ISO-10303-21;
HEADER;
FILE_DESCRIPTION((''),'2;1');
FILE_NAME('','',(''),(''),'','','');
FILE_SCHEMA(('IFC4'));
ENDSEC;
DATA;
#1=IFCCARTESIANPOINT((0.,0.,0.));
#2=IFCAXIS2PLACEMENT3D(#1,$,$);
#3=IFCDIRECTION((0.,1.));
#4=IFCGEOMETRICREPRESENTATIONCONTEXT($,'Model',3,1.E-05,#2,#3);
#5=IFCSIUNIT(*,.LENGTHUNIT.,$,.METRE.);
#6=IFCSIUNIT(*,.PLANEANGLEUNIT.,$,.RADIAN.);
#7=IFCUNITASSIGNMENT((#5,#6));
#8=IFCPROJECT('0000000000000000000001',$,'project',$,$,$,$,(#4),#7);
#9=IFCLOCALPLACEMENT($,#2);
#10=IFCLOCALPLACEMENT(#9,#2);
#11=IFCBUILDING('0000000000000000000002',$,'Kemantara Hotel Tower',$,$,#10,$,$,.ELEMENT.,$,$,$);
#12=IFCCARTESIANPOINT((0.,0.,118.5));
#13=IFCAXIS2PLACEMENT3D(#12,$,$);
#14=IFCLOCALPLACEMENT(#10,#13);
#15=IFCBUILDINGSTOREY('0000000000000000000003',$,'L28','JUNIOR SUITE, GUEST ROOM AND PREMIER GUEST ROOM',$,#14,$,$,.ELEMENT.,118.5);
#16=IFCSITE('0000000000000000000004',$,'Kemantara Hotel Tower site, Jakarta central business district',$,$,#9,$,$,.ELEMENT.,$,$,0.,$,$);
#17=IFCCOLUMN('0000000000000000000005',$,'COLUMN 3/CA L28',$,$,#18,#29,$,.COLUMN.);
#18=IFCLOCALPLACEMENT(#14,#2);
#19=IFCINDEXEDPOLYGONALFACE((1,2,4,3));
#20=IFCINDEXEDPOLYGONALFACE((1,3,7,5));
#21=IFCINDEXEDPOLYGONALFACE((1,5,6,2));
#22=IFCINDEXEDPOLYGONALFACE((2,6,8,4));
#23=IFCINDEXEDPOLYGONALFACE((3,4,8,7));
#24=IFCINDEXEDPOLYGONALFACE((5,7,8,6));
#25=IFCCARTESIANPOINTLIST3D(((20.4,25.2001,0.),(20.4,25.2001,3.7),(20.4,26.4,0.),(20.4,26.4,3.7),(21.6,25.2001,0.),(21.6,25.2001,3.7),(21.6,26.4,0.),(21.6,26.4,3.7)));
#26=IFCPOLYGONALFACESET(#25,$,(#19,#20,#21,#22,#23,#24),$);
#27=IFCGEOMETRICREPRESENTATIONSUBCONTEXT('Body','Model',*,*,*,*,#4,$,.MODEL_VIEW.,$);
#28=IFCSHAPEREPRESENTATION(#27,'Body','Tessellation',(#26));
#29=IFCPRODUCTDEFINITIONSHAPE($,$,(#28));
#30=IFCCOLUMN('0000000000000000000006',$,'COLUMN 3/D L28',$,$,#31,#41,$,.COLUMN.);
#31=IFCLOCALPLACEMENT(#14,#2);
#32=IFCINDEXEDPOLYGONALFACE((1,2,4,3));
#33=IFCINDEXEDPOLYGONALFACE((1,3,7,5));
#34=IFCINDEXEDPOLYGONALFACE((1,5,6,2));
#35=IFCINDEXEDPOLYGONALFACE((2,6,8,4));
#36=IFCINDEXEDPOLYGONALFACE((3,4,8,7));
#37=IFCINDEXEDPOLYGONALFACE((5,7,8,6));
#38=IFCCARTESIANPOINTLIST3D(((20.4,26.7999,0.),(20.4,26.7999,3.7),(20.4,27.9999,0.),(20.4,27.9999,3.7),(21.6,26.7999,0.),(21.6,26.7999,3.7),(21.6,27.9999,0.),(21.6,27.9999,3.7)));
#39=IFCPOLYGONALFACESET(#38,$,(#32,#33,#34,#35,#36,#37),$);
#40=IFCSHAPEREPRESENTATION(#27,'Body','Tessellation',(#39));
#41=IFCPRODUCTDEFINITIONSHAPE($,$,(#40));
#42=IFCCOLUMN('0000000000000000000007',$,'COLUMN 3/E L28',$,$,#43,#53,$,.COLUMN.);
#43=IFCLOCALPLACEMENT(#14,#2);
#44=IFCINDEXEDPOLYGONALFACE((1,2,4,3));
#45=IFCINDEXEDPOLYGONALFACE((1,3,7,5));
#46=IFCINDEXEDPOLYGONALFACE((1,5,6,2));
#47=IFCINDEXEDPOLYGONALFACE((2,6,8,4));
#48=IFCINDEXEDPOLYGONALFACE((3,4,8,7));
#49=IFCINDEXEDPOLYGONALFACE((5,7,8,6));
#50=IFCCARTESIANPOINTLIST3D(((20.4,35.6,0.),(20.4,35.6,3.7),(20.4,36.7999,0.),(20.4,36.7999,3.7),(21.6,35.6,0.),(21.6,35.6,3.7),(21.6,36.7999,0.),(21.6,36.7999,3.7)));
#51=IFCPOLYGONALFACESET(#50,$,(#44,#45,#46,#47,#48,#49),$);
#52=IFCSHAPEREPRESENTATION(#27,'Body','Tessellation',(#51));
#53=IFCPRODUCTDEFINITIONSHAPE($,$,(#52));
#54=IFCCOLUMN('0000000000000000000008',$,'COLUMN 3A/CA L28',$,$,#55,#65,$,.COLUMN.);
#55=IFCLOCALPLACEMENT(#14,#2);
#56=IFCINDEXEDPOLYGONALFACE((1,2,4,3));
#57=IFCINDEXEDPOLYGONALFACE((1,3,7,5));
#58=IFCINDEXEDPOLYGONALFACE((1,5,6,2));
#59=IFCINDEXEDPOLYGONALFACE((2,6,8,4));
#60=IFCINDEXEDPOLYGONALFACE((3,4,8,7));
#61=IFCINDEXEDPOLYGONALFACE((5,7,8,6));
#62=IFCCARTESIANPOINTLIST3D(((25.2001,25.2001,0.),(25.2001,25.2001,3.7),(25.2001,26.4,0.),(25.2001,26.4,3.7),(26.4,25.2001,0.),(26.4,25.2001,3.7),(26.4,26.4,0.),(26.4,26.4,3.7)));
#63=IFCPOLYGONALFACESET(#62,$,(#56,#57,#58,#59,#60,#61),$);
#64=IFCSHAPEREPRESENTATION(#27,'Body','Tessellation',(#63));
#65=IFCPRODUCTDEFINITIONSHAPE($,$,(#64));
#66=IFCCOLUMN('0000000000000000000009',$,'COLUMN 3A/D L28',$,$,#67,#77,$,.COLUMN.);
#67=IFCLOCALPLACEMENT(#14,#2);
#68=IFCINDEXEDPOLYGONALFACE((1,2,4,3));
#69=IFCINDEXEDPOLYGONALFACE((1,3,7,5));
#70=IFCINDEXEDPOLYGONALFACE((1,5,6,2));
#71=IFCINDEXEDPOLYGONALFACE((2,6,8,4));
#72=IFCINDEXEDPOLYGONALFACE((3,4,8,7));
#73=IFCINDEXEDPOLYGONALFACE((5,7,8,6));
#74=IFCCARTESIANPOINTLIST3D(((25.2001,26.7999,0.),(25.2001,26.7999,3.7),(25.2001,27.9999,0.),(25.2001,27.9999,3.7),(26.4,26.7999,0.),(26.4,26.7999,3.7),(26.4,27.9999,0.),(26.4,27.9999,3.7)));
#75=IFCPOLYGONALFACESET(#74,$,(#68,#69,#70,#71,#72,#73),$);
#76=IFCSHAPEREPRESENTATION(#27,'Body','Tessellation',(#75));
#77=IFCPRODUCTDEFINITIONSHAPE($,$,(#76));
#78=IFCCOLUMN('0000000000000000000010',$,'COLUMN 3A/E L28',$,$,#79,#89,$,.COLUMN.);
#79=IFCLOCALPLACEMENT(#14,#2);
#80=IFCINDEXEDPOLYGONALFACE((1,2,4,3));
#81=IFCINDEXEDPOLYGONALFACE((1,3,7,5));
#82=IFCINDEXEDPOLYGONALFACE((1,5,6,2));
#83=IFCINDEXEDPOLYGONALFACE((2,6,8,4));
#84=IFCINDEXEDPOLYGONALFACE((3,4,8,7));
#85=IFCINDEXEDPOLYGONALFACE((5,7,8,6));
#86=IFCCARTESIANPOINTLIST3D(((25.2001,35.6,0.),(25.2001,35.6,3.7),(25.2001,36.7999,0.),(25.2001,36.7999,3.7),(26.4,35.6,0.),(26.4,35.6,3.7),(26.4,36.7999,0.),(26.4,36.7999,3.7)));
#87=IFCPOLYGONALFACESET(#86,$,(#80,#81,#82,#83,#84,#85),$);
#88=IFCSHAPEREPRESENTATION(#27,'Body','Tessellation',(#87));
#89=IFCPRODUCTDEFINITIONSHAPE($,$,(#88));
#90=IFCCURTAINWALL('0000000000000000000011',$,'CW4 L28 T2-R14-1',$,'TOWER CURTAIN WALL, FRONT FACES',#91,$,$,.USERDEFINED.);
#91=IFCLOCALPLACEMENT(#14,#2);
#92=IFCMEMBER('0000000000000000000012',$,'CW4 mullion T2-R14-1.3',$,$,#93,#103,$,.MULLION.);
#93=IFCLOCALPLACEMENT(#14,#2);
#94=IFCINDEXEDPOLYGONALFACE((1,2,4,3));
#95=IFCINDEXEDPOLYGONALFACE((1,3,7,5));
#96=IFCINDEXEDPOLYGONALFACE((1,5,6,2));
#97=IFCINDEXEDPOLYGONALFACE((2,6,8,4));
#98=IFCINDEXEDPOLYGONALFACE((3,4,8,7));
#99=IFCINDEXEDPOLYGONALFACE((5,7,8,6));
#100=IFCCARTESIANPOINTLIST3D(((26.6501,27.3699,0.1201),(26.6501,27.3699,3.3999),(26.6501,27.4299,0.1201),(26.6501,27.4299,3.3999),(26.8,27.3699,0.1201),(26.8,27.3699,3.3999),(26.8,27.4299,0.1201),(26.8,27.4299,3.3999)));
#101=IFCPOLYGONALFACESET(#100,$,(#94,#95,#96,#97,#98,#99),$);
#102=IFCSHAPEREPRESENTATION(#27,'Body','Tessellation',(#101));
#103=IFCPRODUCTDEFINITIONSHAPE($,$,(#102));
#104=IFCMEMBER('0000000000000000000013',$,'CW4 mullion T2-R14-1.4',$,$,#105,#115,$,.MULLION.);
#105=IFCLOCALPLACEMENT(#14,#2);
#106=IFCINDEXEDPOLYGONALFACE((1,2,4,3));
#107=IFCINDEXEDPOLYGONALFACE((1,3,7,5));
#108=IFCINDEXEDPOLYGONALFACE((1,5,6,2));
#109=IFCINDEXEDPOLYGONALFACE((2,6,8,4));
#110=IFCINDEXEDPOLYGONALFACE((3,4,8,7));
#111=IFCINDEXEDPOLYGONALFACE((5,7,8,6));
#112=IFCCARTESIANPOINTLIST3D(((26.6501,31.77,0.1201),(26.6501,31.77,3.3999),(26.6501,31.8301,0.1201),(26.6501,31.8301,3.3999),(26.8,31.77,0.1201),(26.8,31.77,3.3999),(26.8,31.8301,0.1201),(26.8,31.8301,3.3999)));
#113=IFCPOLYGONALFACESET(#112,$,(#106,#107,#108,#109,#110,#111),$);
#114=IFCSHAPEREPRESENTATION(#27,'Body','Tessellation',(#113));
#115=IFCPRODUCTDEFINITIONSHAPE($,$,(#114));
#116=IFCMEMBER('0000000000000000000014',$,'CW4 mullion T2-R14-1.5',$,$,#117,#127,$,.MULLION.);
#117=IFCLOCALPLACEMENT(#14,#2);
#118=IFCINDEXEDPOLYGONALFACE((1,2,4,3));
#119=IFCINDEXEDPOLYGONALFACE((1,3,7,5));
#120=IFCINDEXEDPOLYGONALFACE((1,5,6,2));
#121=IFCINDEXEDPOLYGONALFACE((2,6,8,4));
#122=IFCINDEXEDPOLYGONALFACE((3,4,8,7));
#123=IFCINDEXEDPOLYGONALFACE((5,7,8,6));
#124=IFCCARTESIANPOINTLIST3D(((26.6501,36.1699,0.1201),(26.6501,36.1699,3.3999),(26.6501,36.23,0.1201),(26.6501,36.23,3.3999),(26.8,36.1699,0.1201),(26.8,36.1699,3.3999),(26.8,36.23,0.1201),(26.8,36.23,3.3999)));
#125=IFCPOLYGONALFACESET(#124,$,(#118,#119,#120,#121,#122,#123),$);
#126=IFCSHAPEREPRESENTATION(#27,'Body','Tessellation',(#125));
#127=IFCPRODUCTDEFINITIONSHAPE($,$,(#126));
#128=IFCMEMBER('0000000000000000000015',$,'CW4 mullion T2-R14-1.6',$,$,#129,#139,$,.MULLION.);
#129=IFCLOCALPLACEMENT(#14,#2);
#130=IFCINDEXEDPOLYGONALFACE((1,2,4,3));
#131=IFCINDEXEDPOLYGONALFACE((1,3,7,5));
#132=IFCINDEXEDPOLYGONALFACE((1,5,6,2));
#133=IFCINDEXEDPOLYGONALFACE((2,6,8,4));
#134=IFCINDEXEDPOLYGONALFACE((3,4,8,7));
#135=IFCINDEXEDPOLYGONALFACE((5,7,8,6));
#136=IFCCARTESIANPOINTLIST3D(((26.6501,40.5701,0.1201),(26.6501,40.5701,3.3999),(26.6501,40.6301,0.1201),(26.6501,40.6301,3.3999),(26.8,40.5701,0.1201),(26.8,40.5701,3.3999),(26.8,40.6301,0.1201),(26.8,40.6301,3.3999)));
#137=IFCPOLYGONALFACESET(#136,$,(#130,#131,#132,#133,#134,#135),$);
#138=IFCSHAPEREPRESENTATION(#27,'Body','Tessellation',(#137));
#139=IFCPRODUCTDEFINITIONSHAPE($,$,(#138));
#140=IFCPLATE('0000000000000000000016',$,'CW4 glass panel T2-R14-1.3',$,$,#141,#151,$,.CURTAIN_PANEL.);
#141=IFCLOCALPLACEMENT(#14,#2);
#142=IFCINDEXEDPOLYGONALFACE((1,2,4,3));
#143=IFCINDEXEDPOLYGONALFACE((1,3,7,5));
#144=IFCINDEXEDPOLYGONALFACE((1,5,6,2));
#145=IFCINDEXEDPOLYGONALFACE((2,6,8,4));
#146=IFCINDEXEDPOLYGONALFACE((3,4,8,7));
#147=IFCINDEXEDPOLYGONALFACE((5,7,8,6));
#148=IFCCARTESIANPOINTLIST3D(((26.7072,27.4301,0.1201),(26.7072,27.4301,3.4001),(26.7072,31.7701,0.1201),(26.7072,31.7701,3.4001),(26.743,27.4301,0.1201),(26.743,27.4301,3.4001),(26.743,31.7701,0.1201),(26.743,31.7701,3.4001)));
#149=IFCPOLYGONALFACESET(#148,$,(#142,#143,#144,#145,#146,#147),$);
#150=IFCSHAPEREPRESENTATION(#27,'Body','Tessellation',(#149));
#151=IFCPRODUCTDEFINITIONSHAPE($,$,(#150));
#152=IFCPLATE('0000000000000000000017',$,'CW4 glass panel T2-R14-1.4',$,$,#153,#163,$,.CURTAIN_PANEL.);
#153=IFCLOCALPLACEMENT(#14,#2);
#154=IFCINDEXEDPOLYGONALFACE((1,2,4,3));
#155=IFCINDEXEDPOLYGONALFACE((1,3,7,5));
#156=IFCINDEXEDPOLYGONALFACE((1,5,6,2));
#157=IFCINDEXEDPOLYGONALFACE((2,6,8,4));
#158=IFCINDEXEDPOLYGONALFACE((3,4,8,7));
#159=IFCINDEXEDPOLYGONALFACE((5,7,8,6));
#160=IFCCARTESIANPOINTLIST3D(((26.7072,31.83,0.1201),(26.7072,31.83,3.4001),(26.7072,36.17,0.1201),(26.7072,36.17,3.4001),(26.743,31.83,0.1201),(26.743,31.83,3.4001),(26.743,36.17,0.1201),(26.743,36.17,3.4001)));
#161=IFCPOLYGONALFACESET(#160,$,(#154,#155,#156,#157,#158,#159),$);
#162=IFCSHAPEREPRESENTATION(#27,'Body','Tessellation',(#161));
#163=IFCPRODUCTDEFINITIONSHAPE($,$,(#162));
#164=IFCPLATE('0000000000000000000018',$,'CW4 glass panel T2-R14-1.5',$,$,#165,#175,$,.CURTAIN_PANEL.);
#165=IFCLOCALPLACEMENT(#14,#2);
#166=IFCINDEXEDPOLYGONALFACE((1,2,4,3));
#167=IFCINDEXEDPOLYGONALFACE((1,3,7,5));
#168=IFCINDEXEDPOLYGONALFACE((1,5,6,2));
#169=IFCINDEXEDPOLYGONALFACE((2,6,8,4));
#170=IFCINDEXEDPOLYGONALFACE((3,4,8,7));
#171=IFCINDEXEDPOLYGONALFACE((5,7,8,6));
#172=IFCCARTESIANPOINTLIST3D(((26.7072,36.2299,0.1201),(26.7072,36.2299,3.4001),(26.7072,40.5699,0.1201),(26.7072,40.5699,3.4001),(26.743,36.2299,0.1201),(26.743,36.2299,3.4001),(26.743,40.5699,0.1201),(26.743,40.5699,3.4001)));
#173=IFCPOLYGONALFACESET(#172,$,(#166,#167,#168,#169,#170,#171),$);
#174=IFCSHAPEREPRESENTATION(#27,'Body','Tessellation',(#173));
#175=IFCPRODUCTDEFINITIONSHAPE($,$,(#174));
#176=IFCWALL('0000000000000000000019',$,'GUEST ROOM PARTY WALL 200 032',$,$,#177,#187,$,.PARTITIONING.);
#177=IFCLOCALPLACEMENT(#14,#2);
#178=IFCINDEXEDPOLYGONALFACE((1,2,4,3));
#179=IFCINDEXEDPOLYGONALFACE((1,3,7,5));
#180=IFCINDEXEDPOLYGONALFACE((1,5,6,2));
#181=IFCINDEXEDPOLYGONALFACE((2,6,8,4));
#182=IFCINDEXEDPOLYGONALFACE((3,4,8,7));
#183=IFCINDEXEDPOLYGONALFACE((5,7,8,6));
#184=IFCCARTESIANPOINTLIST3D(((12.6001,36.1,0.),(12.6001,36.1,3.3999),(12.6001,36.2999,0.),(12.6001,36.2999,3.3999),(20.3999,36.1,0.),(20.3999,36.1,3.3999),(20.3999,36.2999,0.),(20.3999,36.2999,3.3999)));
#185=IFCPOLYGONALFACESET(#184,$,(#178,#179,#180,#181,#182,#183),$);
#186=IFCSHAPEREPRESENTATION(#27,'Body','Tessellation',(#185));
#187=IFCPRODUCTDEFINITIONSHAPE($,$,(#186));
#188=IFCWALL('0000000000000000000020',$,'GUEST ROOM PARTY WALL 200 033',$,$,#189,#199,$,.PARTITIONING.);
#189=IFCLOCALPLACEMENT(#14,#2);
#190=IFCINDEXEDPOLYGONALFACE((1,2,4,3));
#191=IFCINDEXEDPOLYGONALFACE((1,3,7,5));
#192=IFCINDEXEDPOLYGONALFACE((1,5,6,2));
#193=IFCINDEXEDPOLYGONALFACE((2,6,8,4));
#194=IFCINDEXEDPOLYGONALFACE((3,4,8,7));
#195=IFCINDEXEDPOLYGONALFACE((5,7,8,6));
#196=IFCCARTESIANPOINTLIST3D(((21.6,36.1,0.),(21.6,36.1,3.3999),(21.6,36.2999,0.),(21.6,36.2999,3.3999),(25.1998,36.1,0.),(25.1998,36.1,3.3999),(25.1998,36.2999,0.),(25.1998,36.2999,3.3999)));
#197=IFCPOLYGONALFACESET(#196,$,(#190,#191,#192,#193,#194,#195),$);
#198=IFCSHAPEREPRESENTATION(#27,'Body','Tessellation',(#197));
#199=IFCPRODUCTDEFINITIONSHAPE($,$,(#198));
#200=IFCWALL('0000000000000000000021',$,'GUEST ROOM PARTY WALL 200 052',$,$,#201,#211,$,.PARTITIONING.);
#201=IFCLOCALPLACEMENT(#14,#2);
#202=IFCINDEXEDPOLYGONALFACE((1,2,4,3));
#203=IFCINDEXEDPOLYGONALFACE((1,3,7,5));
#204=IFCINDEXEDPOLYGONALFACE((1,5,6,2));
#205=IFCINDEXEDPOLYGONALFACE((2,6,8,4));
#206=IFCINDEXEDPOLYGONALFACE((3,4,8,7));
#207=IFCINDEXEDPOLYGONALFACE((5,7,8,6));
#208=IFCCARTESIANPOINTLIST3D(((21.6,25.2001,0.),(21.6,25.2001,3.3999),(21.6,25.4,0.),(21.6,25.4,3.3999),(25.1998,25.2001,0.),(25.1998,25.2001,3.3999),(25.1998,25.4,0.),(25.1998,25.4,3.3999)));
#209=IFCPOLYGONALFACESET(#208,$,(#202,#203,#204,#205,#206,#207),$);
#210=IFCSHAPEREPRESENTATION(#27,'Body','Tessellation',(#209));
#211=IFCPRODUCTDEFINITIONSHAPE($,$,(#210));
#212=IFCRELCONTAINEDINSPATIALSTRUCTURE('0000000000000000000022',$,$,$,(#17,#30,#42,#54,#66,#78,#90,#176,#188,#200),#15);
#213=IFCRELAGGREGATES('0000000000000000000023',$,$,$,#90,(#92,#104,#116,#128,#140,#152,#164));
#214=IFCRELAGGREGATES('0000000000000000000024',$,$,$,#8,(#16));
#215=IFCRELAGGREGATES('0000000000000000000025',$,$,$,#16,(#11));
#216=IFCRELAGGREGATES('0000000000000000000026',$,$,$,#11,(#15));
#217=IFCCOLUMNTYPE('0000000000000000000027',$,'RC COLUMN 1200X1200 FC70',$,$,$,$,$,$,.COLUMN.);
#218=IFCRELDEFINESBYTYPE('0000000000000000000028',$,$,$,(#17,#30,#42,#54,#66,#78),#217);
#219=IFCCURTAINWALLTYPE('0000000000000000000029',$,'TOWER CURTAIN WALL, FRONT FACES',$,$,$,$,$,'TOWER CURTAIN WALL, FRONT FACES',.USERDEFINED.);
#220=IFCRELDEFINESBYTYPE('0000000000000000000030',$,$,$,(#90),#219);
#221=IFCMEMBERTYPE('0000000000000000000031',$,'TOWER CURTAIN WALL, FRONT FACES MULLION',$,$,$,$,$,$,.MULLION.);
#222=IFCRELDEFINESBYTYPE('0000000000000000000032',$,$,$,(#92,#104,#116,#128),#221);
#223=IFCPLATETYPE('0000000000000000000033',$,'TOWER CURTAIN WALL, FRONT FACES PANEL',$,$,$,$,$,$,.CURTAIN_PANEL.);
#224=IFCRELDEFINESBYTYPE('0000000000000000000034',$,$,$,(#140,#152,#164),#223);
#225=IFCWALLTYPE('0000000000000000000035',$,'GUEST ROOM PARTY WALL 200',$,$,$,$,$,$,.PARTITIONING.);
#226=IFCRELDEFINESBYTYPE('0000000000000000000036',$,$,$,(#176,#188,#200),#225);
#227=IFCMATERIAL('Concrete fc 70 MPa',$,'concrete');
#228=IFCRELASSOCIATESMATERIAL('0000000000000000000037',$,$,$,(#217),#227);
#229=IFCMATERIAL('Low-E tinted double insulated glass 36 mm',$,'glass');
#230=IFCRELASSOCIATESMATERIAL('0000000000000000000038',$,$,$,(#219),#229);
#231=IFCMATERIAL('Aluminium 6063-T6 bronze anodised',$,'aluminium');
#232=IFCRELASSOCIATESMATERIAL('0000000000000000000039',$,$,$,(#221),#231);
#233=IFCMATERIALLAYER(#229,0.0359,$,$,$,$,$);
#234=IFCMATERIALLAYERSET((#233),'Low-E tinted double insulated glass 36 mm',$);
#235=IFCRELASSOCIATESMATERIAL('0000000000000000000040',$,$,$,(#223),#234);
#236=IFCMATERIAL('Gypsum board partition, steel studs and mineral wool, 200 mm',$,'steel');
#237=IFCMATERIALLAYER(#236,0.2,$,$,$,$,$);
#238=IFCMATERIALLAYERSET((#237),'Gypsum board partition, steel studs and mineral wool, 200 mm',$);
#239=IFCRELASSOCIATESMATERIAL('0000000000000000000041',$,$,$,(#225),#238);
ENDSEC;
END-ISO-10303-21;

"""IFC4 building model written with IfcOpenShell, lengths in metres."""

from ifc_helpers import new_model, si_unit, direction, frame, frame_2d, origin, origin_2d, place, context, subcontext, project, spatial, rectangle, extrude, source, transform, mapped, material, layer, layer_set, material_profile, profile_set, type_object, element, aggregate, save


model = new_model("IFC4")

# Units and contexts
model_context = context("Model", 3, precision=1e-05, world=origin(), true_north=direction((0.0, 1.0)))
body_context = subcontext(model_context, "Body", "Model", "MODEL_VIEW")
ifc_project = project(units=[si_unit("LENGTHUNIT", "METRE"), si_unit("PLANEANGLEUNIT", "RADIAN")], contexts=[model_context])

# Site, building, storey
site_placement = place(None, origin())
site = spatial("IfcSite", under=ifc_project, at=site_placement, Name="Kemantara Hotel Tower site, Jakarta central business district", CompositionType="ELEMENT", RefElevation=0.0)
building_placement = place(site_placement, origin())
building = spatial("IfcBuilding", under=site, at=building_placement, Name="Kemantara Hotel Tower", CompositionType="ELEMENT")
storey_placement = place(building_placement, frame((0.0, 0.0, 118.5)))
storey = spatial("IfcBuildingStorey", under=building, at=storey_placement, Name="L28", Description="JUNIOR SUITE, GUEST ROOM AND PREMIER GUEST ROOM", CompositionType="ELEMENT", Elevation=118.5)

# Columns
ifc_material_1 = material(Name="Concrete fc 70 MPa", Category="concrete")
ifc_material_profile_1 = material_profile(ifc_material_1, rectangle(XDim=1.2, YDim=1.2, at=origin_2d()), Name="RC 1200X1200")
ifc_profile_set_1 = profile_set([ifc_material_profile_1], Name="Concrete fc 70 MPa")
column_type = type_object("IfcColumnType", Name="RC COLUMN 1200X1200 FC70", PredefinedType="COLUMN", material=ifc_profile_set_1)
for number, where, z_axis, x_axis, name in (
    (1, (21.0, 25.8, 0.0), (0.0, 0.0, 1.0), (1.0, 0.0, 0.0), "COLUMN 3/CA L28"),
    (2, (21.0, 27.3999, 0.0), (0.0, 0.0, 1.0), (1.0, 0.0, 0.0), "COLUMN 3/D L28"),
    (3, (21.0, 36.2, 0.0), (0.0, 0.0, 1.0), (1.0, 0.0, 0.0), "COLUMN 3/E L28"),
    (4, (25.8, 25.8, 0.0), (0.0, 0.0, 1.0), (1.0, 0.0, 0.0), "COLUMN 3A/CA L28"),
    (5, (25.8, 27.3999, 0.0), (0.0, 0.0, 1.0), (1.0, 0.0, 0.0), "COLUMN 3A/D L28"),
    (6, (25.8, 36.2, 0.0), (0.0, 0.0, 1.0), (1.0, 0.0, 0.0), "COLUMN 3A/E L28"),
):
    element("IfcColumn", number, at=place(storey_placement, frame(where, z_axis=z_axis, x_axis=x_axis)), inside=storey, type_object=column_type, Name=name, PredefinedType="COLUMN", context=body_context, shape_type="SweptSolid", body=[
        extrude(rectangle(XDim=1.2, YDim=1.2, at=origin_2d()), origin(), (0.0, 0.0, 1.0), 3.7),
    ])

# Curtain wall, members, plates
ifc_material_2 = material(Name="Low-E tinted double insulated glass 36 mm", Category="glass")
curtain_wall_type = type_object("IfcCurtainWallType", Name="TOWER CURTAIN WALL, FRONT FACES", ElementType="TOWER CURTAIN WALL, FRONT FACES", PredefinedType="USERDEFINED", material=ifc_material_2)
curtain_wall_placement = place(storey_placement, origin())
curtain_wall = element("IfcCurtainWall", 7, at=curtain_wall_placement, inside=storey, type_object=curtain_wall_type, Name="CW4 L28 T2-R14-1", ObjectType="TOWER CURTAIN WALL, FRONT FACES", PredefinedType="USERDEFINED")
ifc_material_3 = material(Name="Aluminium 6063-T6 bronze anodised", Category="aluminium")
ifc_material_profile_2 = material_profile(ifc_material_3, rectangle(XDim=0.1499, YDim=0.0601, at=origin_2d()), Name="TOWER CURTAIN WALL, FRONT FACES MULLION")
ifc_profile_set_2 = profile_set([ifc_material_profile_2], Name="Aluminium 6063-T6 bronze anodised")
member_type = type_object("IfcMemberType", Name="TOWER CURTAIN WALL, FRONT FACES MULLION", PredefinedType="MULLION", material=ifc_profile_set_2)
shared_shape_1 = source(origin(), body_context, "Body", "SweptSolid", [
    extrude(rectangle(XDim=0.1499, YDim=0.0601, at=origin_2d()), origin(), (0.0, 0.0, 1.0), 3.2798),
])
member_1_placement = place(storey_placement, frame((26.7251, 27.3999, 0.1201), z_axis=(0.0, 0.0, 1.0), x_axis=(-1.0, 0.0, 0.0)))
member_1 = element("IfcMember", 8, at=member_1_placement, type_object=member_type, Name="CW4 mullion T2-R14-1.3", PredefinedType="MULLION", context=body_context, shape_type="MappedRepresentation", body=[
    mapped(shared_shape_1, transform((0.0, 0.0, 0.0))),
])
member_2_placement = place(storey_placement, frame((26.7251, 31.8, 0.1201), z_axis=(0.0, 0.0, 1.0), x_axis=(-1.0, 0.0, 0.0)))
member_2 = element("IfcMember", 9, at=member_2_placement, type_object=member_type, Name="CW4 mullion T2-R14-1.4", PredefinedType="MULLION", context=body_context, shape_type="MappedRepresentation", body=[
    mapped(shared_shape_1, transform((0.0, 0.0, 0.0))),
])
member_3_placement = place(storey_placement, frame((26.7251, 36.2, 0.1201), z_axis=(0.0, 0.0, 1.0), x_axis=(-1.0, 0.0, 0.0)))
member_3 = element("IfcMember", 10, at=member_3_placement, type_object=member_type, Name="CW4 mullion T2-R14-1.5", PredefinedType="MULLION", context=body_context, shape_type="MappedRepresentation", body=[
    mapped(shared_shape_1, transform((0.0, 0.0, 0.0))),
])
member_4_placement = place(storey_placement, frame((26.7251, 40.6001, 0.1201), z_axis=(0.0, 0.0, 1.0), x_axis=(-1.0, 0.0, 0.0)))
member_4 = element("IfcMember", 11, at=member_4_placement, type_object=member_type, Name="CW4 mullion T2-R14-1.6", PredefinedType="MULLION", context=body_context, shape_type="MappedRepresentation", body=[
    mapped(shared_shape_1, transform((0.0, 0.0, 0.0))),
])
ifc_layer_1 = layer(ifc_material_2, 0.0359)
ifc_layer_set_1 = layer_set([ifc_layer_1], Name="Low-E tinted double insulated glass 36 mm")
plate_type = type_object("IfcPlateType", Name="TOWER CURTAIN WALL, FRONT FACES PANEL", PredefinedType="CURTAIN_PANEL", material=ifc_layer_set_1)
shared_shape_2 = source(origin(), body_context, "Body", "SweptSolid", [
    extrude(rectangle(XDim=4.3401, YDim=0.0359, at=origin_2d()), origin(), (0.0, 0.0, 1.0), 3.28),
])
plate_1_placement = place(storey_placement, frame((26.7251, 29.6001, 0.1201), z_axis=(0.0, 0.0, 1.0), x_axis=(0.0, 1.0, 0.0)))
plate_1 = element("IfcPlate", 12, at=plate_1_placement, type_object=plate_type, Name="CW4 glass panel T2-R14-1.3", PredefinedType="CURTAIN_PANEL", context=body_context, shape_type="MappedRepresentation", body=[
    mapped(shared_shape_2, transform((0.0, 0.0, 0.0))),
])
plate_2_placement = place(storey_placement, frame((26.7251, 34.0, 0.1201), z_axis=(0.0, 0.0, 1.0), x_axis=(0.0, 1.0, 0.0)))
plate_2 = element("IfcPlate", 13, at=plate_2_placement, type_object=plate_type, Name="CW4 glass panel T2-R14-1.4", PredefinedType="CURTAIN_PANEL", context=body_context, shape_type="MappedRepresentation", body=[
    mapped(shared_shape_2, transform((0.0, 0.0, 0.0))),
])
plate_3_placement = place(storey_placement, frame((26.7251, 38.3999, 0.1201), z_axis=(0.0, 0.0, 1.0), x_axis=(0.0, 1.0, 0.0)))
plate_3 = element("IfcPlate", 14, at=plate_3_placement, type_object=plate_type, Name="CW4 glass panel T2-R14-1.5", PredefinedType="CURTAIN_PANEL", context=body_context, shape_type="MappedRepresentation", body=[
    mapped(shared_shape_2, transform((0.0, 0.0, 0.0))),
])
aggregate(curtain_wall, [member_1, member_2, member_3, member_4, plate_1, plate_2, plate_3])

# Walls
ifc_material_4 = material(Name="Gypsum board partition, steel studs and mineral wool, 200 mm", Category="steel")
ifc_layer_2 = layer(ifc_material_4, 0.2)
ifc_layer_set_2 = layer_set([ifc_layer_2], Name="Gypsum board partition, steel studs and mineral wool, 200 mm")
wall_type_1 = type_object("IfcWallType", Name="GUEST ROOM PARTY WALL 200", PredefinedType="PARTITIONING", material=ifc_layer_set_2)
wall_1_placement = place(storey_placement, frame((12.6001, 36.2, 0.0), z_axis=(0.0, 0.0, 1.0), x_axis=(1.0, 0.0, 0.0)))
element("IfcWall", 15, at=wall_1_placement, inside=storey, type_object=wall_type_1, Name="GUEST ROOM PARTY WALL 200 032", PredefinedType="PARTITIONING", context=body_context, shape_type="SweptSolid", body=[
    extrude(rectangle(XDim=7.7998, YDim=0.2, at=frame_2d((3.8999, 0.0))), origin(), (0.0, 0.0, 1.0), 3.3999),
])
for number, where, z_axis, x_axis, name in (
    (16, (21.6001, 36.2, 0.0), (0.0, 0.0, 1.0), (1.0, 0.0, 0.0), "GUEST ROOM PARTY WALL 200 033"),
    (17, (21.6001, 25.3, 0.0), (0.0, 0.0, 1.0), (1.0, 0.0, 0.0), "GUEST ROOM PARTY WALL 200 052"),
):
    element("IfcWall", number, at=place(storey_placement, frame(where, z_axis=z_axis, x_axis=x_axis)), inside=storey, type_object=wall_type_1, Name=name, PredefinedType="PARTITIONING", context=body_context, shape_type="SweptSolid", body=[
        extrude(rectangle(XDim=3.5999, YDim=0.2, at=frame_2d((1.7998, 0.0))), origin(), (0.0, 0.0, 1.0), 3.3999),
    ])

save(model, "model.ifc")
